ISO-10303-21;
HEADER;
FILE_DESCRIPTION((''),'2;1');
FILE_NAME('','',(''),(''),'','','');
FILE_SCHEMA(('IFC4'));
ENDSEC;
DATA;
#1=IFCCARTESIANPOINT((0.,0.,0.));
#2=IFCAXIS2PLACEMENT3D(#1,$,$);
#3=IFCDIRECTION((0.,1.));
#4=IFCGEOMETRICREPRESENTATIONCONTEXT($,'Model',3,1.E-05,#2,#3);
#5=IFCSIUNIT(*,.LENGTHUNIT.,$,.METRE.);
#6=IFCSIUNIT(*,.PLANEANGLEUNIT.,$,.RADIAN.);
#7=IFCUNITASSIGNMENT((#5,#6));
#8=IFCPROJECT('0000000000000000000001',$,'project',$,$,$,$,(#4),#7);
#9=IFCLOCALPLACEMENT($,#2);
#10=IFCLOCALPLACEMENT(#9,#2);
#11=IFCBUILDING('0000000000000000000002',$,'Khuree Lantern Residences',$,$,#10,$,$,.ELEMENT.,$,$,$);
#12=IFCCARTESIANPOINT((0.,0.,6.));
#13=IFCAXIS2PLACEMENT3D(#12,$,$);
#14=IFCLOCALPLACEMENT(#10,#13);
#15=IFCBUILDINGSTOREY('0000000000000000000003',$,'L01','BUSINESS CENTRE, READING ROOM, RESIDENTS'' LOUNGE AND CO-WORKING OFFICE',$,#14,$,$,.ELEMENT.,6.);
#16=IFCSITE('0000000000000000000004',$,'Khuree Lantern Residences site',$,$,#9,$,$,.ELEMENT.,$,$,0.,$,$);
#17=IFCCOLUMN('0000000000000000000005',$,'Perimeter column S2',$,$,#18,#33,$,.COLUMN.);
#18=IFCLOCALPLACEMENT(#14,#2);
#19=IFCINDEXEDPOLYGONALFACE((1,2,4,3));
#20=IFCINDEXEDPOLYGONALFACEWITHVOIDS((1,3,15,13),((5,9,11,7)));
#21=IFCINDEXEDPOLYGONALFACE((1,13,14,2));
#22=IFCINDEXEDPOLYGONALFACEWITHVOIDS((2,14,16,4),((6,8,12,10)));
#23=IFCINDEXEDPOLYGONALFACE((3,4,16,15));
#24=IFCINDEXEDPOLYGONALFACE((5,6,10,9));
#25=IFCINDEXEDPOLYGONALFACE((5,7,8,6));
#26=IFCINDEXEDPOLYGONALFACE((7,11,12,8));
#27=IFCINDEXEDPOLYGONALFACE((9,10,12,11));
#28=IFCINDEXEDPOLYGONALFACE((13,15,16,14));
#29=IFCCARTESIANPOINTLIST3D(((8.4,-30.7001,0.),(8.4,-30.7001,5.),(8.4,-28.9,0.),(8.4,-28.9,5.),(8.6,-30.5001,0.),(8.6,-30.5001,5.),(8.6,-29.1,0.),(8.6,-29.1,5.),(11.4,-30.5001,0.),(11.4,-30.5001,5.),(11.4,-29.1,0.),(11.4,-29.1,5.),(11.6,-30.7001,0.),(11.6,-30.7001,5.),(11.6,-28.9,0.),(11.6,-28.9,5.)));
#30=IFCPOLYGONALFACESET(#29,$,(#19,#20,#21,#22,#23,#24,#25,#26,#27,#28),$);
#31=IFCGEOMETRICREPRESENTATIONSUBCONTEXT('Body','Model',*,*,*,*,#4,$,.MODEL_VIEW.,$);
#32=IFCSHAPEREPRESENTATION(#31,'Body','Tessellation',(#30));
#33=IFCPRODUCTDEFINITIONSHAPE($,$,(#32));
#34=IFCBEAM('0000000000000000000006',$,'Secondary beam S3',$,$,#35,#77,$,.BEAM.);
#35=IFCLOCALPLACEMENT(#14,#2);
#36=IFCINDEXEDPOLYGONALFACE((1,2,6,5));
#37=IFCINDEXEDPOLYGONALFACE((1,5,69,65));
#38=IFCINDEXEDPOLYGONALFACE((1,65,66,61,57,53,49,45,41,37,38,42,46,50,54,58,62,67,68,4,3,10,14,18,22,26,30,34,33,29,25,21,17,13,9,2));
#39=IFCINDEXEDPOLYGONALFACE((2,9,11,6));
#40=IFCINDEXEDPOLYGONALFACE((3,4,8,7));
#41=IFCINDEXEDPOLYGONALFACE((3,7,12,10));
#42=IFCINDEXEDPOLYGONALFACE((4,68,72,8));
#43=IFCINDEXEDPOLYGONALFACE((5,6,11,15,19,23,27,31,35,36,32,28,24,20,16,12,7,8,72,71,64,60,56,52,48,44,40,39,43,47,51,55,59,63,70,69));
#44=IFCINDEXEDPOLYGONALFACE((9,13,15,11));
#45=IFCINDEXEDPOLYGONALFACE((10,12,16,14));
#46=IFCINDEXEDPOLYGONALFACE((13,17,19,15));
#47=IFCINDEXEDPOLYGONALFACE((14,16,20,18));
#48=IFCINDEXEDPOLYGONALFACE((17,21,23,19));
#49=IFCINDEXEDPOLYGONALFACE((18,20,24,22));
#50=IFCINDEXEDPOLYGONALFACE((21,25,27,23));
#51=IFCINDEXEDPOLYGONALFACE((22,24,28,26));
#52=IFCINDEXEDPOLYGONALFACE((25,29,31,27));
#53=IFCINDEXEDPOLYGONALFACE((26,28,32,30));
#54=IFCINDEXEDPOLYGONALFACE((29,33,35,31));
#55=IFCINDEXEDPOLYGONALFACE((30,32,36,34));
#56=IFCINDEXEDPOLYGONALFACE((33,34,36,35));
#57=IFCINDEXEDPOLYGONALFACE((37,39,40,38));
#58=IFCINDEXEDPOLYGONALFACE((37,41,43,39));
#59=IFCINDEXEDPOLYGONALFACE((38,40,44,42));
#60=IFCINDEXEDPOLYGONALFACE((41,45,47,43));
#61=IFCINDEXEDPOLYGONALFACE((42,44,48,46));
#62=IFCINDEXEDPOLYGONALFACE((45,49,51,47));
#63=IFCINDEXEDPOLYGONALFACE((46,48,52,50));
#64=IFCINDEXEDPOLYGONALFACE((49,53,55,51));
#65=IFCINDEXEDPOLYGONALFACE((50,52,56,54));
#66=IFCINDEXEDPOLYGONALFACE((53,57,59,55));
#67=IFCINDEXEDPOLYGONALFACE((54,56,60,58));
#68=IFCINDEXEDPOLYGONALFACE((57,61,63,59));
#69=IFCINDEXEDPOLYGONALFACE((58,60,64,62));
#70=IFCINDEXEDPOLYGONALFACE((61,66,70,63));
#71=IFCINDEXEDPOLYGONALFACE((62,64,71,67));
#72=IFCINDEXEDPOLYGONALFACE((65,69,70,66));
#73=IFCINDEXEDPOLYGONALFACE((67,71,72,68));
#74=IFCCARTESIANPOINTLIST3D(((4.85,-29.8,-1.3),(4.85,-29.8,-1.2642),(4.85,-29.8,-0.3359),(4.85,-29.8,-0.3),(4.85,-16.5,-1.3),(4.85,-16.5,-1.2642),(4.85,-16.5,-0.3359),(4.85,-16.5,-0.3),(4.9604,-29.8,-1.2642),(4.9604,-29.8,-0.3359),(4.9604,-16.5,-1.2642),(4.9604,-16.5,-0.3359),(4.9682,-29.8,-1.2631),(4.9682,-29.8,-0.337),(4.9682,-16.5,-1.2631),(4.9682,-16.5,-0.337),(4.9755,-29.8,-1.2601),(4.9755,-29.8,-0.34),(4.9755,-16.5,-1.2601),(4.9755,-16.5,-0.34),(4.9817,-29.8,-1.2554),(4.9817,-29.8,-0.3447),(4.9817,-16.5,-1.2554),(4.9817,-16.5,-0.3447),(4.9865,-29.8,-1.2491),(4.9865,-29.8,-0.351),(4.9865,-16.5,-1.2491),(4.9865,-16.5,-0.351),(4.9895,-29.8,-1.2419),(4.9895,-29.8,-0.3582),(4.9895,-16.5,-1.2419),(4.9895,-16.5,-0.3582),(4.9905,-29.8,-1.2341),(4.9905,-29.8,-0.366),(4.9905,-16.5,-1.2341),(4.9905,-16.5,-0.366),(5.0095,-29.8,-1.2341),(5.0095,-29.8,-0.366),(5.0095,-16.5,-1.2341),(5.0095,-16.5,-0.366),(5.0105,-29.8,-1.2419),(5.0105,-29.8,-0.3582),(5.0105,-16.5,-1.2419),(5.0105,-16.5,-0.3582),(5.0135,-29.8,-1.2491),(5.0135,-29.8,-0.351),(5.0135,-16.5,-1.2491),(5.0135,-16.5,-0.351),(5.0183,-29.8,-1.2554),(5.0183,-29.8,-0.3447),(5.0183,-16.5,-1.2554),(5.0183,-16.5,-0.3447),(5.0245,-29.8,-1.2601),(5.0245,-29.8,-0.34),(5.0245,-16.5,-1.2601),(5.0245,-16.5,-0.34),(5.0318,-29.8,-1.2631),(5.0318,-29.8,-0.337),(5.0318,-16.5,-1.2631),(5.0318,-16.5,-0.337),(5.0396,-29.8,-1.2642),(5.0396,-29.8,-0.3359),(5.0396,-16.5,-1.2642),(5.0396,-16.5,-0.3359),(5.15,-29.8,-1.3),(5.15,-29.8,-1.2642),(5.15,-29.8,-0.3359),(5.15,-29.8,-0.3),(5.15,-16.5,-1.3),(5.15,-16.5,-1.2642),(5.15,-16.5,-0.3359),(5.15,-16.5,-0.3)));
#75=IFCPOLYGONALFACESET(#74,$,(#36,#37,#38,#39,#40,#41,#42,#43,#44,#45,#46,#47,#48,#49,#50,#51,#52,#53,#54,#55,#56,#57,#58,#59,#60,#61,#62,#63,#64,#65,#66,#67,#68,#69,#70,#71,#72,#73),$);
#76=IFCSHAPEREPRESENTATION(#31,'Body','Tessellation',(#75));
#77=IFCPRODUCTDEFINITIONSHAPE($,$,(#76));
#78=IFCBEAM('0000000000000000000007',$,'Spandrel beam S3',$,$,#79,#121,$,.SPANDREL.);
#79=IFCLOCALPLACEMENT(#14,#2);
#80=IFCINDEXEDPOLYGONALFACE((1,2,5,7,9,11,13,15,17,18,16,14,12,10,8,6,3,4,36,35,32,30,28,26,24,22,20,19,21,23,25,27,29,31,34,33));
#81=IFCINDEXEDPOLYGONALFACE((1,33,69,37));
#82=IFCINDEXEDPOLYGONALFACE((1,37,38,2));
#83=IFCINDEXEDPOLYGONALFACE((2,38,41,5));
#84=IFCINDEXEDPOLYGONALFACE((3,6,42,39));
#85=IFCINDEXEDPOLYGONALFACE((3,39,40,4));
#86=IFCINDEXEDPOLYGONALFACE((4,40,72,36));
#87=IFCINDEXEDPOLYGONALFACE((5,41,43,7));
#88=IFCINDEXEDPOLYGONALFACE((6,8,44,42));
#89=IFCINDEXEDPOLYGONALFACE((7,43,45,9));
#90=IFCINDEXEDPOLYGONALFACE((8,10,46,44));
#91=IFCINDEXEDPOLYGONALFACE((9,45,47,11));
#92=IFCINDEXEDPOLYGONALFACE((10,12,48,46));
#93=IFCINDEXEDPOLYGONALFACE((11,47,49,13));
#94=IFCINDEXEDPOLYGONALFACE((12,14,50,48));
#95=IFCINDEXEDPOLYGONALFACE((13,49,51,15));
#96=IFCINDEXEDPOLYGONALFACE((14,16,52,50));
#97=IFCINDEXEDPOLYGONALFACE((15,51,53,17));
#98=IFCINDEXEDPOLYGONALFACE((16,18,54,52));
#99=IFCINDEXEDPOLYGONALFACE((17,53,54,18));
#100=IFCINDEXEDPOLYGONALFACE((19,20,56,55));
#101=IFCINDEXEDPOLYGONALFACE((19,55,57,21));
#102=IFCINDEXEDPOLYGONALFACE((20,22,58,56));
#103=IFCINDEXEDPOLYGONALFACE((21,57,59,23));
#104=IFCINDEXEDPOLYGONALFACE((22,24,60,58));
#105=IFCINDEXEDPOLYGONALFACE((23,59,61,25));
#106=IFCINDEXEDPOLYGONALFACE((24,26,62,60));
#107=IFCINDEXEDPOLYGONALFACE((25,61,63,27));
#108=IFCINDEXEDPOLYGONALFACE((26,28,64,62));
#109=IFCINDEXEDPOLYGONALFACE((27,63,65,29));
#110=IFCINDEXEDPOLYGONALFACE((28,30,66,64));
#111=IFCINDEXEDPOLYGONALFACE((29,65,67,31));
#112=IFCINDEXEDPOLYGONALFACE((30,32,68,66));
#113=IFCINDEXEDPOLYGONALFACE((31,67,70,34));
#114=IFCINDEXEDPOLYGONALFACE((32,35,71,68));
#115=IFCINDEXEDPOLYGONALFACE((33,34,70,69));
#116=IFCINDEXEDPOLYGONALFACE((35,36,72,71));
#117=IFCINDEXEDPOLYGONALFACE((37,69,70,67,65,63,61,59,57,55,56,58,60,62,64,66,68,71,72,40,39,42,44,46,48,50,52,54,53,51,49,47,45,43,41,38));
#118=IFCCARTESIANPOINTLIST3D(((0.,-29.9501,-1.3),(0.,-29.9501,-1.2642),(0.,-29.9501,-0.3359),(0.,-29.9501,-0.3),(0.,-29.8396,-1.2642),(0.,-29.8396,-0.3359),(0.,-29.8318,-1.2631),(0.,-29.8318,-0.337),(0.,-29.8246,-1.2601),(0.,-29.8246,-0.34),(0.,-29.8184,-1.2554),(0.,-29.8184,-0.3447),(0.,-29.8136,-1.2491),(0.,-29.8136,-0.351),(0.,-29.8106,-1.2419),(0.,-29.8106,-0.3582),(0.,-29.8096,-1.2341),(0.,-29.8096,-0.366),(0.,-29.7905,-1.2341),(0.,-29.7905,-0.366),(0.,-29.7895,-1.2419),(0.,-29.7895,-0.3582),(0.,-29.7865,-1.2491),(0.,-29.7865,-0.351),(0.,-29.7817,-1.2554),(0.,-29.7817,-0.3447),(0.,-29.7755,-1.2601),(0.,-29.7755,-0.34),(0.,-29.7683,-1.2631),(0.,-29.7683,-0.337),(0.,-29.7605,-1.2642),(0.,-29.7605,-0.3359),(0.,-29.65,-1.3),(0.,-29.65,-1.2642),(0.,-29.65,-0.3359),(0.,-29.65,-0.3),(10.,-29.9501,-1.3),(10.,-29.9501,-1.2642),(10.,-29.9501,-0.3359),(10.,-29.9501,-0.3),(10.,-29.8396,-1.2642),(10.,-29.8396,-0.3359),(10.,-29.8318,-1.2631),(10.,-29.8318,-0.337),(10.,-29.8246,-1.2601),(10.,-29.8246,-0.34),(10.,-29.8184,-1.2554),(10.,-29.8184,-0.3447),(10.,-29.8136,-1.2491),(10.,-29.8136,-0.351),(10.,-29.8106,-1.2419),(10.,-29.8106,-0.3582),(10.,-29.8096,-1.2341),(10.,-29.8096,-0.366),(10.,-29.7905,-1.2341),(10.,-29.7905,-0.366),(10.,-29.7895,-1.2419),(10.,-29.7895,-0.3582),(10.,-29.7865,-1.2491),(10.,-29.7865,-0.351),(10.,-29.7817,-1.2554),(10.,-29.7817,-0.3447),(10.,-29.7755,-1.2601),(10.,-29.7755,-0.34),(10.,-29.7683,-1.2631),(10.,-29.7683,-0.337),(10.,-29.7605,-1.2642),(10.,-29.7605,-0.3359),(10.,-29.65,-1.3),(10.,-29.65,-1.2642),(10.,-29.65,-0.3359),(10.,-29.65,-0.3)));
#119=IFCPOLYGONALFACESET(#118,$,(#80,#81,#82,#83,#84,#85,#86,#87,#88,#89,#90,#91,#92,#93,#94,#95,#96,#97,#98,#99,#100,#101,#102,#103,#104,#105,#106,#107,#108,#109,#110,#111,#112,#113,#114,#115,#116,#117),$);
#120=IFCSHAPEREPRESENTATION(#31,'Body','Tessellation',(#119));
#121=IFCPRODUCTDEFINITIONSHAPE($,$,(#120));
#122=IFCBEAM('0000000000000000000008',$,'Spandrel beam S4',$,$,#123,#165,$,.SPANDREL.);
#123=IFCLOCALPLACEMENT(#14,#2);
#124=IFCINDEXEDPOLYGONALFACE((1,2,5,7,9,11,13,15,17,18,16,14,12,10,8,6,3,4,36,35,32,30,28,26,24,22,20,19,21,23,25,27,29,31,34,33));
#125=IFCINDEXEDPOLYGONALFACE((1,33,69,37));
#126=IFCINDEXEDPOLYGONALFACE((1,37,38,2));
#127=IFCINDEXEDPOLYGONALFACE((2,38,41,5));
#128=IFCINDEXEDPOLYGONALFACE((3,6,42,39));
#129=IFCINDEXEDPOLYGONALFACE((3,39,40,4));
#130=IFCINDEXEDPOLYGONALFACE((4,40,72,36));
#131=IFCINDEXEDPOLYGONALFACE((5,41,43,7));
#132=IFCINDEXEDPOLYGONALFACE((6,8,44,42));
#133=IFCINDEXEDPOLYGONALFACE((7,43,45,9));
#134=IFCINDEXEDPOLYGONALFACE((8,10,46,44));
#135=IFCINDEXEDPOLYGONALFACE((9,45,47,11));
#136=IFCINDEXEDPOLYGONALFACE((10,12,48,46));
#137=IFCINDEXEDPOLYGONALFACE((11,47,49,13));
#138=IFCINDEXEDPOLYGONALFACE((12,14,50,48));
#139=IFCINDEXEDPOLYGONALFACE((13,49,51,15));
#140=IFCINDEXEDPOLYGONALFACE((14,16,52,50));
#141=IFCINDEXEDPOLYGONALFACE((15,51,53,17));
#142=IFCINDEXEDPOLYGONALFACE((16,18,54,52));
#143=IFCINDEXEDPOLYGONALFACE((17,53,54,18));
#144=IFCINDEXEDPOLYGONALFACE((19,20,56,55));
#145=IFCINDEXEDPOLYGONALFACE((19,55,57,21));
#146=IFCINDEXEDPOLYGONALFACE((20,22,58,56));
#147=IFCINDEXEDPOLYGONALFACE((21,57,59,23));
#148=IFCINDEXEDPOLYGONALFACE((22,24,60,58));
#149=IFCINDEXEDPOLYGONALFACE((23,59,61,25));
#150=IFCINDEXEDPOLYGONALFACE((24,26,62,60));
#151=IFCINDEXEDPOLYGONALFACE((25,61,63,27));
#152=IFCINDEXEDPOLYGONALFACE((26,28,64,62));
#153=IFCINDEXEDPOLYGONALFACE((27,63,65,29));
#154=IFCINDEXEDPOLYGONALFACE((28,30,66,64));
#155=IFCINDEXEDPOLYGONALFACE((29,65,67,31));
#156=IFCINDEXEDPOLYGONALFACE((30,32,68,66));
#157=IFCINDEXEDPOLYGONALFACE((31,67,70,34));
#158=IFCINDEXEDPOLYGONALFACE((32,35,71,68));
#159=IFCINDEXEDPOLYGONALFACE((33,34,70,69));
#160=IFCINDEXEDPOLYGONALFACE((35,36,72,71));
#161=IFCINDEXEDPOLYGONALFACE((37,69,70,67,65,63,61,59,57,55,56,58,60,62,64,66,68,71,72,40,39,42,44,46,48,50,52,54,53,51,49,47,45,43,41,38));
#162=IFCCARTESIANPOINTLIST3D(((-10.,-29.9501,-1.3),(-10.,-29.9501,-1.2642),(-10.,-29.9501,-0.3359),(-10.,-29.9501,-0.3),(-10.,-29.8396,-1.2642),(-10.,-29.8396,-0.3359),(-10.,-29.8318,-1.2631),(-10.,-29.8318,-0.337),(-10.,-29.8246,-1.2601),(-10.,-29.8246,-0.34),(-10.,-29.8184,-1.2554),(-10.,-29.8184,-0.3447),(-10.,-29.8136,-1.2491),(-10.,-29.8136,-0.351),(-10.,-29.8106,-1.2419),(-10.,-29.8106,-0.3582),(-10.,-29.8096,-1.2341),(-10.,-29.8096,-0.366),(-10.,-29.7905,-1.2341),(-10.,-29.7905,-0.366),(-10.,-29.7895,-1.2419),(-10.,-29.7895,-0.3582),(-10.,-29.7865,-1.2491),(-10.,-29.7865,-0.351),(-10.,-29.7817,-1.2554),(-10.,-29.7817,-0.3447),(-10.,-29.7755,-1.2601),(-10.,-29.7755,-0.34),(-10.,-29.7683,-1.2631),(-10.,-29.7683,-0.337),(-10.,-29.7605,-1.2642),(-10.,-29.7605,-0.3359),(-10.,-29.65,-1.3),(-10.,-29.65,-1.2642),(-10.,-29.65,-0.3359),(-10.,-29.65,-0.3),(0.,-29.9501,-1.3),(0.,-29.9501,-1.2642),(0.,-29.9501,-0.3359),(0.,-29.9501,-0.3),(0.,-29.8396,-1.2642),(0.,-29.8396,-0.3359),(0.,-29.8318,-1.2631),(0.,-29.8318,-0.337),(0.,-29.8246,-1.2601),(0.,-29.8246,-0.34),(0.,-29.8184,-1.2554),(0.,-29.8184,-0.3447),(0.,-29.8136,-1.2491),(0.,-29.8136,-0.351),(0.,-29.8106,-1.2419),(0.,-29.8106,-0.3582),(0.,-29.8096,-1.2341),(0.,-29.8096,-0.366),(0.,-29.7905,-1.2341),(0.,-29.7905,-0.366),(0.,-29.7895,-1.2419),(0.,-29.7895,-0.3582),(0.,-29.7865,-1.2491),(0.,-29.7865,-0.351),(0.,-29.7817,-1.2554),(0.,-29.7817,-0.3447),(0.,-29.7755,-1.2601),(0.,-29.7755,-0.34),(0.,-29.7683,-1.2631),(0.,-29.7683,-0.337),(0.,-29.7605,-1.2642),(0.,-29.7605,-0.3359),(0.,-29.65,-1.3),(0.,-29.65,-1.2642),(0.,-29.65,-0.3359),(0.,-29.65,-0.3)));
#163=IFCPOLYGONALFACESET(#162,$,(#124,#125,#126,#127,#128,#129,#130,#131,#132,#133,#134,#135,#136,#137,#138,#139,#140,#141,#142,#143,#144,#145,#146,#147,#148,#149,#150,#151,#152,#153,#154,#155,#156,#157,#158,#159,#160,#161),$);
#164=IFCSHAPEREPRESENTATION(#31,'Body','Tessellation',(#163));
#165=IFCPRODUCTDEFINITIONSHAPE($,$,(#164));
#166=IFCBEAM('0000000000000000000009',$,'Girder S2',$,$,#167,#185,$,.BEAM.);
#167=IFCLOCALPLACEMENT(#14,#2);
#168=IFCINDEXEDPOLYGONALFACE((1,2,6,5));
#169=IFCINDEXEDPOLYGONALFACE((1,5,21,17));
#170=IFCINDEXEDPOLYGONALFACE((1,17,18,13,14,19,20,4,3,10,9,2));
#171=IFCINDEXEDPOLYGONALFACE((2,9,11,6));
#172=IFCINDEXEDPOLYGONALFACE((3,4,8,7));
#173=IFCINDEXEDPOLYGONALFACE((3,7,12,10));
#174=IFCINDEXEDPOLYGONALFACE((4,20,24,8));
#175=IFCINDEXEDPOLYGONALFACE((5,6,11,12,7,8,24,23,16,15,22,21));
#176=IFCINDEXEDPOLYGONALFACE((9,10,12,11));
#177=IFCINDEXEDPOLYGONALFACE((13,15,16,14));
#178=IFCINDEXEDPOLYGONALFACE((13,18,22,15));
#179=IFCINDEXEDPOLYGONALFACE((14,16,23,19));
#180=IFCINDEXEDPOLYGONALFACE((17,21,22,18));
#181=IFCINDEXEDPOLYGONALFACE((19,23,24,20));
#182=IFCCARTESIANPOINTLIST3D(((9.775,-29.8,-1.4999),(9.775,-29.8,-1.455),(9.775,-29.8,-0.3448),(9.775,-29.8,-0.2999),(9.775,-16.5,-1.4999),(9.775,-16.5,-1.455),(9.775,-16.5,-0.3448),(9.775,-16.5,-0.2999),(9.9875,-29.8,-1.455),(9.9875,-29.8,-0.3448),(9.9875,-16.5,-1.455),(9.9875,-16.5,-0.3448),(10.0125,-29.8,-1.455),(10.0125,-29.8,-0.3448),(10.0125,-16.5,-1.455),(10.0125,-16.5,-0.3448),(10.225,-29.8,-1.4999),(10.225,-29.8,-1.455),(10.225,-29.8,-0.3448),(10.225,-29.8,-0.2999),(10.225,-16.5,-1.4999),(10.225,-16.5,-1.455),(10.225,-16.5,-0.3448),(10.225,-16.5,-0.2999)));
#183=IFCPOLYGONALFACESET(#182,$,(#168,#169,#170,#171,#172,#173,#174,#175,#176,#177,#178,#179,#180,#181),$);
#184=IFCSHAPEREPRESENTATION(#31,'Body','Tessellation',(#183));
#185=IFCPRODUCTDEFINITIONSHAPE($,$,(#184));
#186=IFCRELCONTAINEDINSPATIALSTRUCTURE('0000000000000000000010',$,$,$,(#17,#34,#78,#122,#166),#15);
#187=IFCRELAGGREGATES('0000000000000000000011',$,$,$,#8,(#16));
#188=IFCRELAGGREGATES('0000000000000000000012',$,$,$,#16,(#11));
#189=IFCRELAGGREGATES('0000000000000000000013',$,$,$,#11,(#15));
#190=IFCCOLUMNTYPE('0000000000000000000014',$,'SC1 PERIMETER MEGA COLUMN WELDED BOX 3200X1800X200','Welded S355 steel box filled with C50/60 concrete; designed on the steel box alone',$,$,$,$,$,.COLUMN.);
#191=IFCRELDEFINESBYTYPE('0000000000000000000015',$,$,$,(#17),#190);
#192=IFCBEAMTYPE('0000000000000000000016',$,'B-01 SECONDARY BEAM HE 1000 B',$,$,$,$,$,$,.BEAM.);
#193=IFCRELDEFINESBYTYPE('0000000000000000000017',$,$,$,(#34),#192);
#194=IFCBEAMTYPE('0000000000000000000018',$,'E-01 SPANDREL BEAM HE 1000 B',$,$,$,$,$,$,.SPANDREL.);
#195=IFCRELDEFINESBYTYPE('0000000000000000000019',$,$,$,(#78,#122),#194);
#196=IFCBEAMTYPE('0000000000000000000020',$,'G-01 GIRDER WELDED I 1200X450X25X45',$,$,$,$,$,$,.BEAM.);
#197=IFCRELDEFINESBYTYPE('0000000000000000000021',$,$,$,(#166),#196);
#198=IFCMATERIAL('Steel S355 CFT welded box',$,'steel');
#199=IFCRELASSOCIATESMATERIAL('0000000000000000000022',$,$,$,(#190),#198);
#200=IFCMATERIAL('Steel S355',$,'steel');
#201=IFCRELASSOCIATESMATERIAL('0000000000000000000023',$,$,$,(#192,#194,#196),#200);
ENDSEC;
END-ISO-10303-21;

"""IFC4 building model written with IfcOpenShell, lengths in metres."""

from ifc_helpers import new_model, si_unit, direction, frame, origin, origin_2d, place, context, subcontext, project, spatial, hollow_rectangle, i_section, extrude, material, material_profile, profile_set, type_object, element, save


model = new_model("IFC4")

# Units and contexts
model_context = context("Model", 3, precision=1e-05, world=origin(), true_north=direction((0.0, 1.0)))
body_context = subcontext(model_context, "Body", "Model", "MODEL_VIEW")
ifc_project = project(units=[si_unit("LENGTHUNIT", "METRE"), si_unit("PLANEANGLEUNIT", "RADIAN")], contexts=[model_context])

# Site, building, storey
site_placement = place(None, origin())
site = spatial("IfcSite", under=ifc_project, at=site_placement, Name="Khuree Lantern Residences site", CompositionType="ELEMENT", RefElevation=0.0)
building_placement = place(site_placement, origin())
building = spatial("IfcBuilding", under=site, at=building_placement, Name="Khuree Lantern Residences", CompositionType="ELEMENT")
storey_placement = place(building_placement, frame((0.0, 0.0, 6.0)))
storey = spatial("IfcBuildingStorey", under=building, at=storey_placement, Name="L01", Description="BUSINESS CENTRE, READING ROOM, RESIDENTS' LOUNGE AND CO-WORKING OFFICE", CompositionType="ELEMENT", Elevation=6.0)

# Column
ifc_material_1 = material(Name="Steel S355 CFT welded box", Category="steel")
ifc_material_profile_1 = material_profile(ifc_material_1, hollow_rectangle(XDim=3.2, YDim=1.8, WallThickness=0.2, at=origin_2d()), Name="WELDED BOX 3200X1800X200")
ifc_profile_set_1 = profile_set([ifc_material_profile_1], Name="Steel S355 CFT welded box")
column_type = type_object("IfcColumnType", Name="SC1 PERIMETER MEGA COLUMN WELDED BOX 3200X1800X200", Description="Welded S355 steel box filled with C50/60 concrete; designed on the steel box alone", PredefinedType="COLUMN", material=ifc_profile_set_1)
column_placement = place(storey_placement, frame((10.0, -29.8, 0.0), z_axis=(0.0, 0.0, 1.0), x_axis=(1.0, 0.0, 0.0)))
element("IfcColumn", 1, at=column_placement, inside=storey, type_object=column_type, Name="Perimeter column S2", PredefinedType="COLUMN", context=body_context, shape_type="SweptSolid", body=[
    extrude(hollow_rectangle(XDim=3.2, YDim=1.8, WallThickness=0.2, at=origin_2d()), origin(), (0.0, 0.0, 1.0), 5.0),
])

# Beams
ifc_material_2 = material(Name="Steel S355", Category="steel")
ifc_material_profile_2 = material_profile(ifc_material_2, i_section(OverallWidth=0.3, OverallDepth=1.0, WebThickness=0.019, FlangeThickness=0.0359, FilletRadius=0.03, at=origin_2d()), Name="HE 1000 B")
ifc_profile_set_2 = profile_set([ifc_material_profile_2], Name="Steel S355")
beam_type_1 = type_object("IfcBeamType", Name="B-01 SECONDARY BEAM HE 1000 B", PredefinedType="BEAM", material=ifc_profile_set_2)
beam_placement = place(storey_placement, frame((5.0, -29.8, -0.8), z_axis=(0.0, 1.0, 0.0), x_axis=(-1.0, 0.0, 0.0)))
element("IfcBeam", 2, at=beam_placement, inside=storey, type_object=beam_type_1, Name="Secondary beam S3", PredefinedType="BEAM", context=body_context, shape_type="SweptSolid", body=[
    extrude(i_section(OverallWidth=0.3, OverallDepth=1.0, WebThickness=0.019, FlangeThickness=0.0359, FilletRadius=0.03, at=origin_2d()), origin(), (0.0, 0.0, 1.0), 13.3),
])
ifc_material_profile_3 = material_profile(ifc_material_2, i_section(OverallWidth=0.3, OverallDepth=1.0, WebThickness=0.019, FlangeThickness=0.0359, FilletRadius=0.03, at=origin_2d()), Name="HE 1000 B")
ifc_profile_set_3 = profile_set([ifc_material_profile_3], Name="Steel S355")
beam_type_2 = type_object("IfcBeamType", Name="E-01 SPANDREL BEAM HE 1000 B", PredefinedType="SPANDREL", material=ifc_profile_set_3)
for number, where, z_axis, x_axis, name in (
    (3, (10.0, -29.8, -0.8), (-1.0, 0.0, 0.0), (0.0, -1.0, 0.0), "Spandrel beam S3"),
    (4, (0.0, -29.8, -0.8), (-1.0, 0.0, 0.0), (0.0, -1.0, 0.0), "Spandrel beam S4"),
):
    element("IfcBeam", number, at=place(storey_placement, frame(where, z_axis=z_axis, x_axis=x_axis)), inside=storey, type_object=beam_type_2, Name=name, PredefinedType="SPANDREL", context=body_context, shape_type="SweptSolid", body=[
        extrude(i_section(OverallWidth=0.3, OverallDepth=1.0, WebThickness=0.019, FlangeThickness=0.0359, FilletRadius=0.03, at=origin_2d()), origin(), (0.0, 0.0, 1.0), 10.0),
    ])
ifc_material_profile_4 = material_profile(ifc_material_2, i_section(OverallWidth=0.45, OverallDepth=1.2, WebThickness=0.0249, FlangeThickness=0.0449, at=origin_2d()), Name="WELDED I 1200X450X25X45")
ifc_profile_set_4 = profile_set([ifc_material_profile_4], Name="Steel S355")
beam_type_3 = type_object("IfcBeamType", Name="G-01 GIRDER WELDED I 1200X450X25X45", PredefinedType="BEAM", material=ifc_profile_set_4)
for number, where, z_axis, x_axis, name in (
    (5, (10.0, -29.8, -0.8999), (0.0, 1.0, 0.0), (-1.0, 0.0, 0.0), "Girder S2"),
):
    element("IfcBeam", number, at=place(storey_placement, frame(where, z_axis=z_axis, x_axis=x_axis)), inside=storey, type_object=beam_type_3, Name=name, PredefinedType="BEAM", context=body_context, shape_type="SweptSolid", body=[
        extrude(i_section(OverallWidth=0.45, OverallDepth=1.2, WebThickness=0.0249, FlangeThickness=0.0449, at=origin_2d()), origin(), (0.0, 0.0, 1.0), 13.3),
    ])

save(model, "model.ifc")
